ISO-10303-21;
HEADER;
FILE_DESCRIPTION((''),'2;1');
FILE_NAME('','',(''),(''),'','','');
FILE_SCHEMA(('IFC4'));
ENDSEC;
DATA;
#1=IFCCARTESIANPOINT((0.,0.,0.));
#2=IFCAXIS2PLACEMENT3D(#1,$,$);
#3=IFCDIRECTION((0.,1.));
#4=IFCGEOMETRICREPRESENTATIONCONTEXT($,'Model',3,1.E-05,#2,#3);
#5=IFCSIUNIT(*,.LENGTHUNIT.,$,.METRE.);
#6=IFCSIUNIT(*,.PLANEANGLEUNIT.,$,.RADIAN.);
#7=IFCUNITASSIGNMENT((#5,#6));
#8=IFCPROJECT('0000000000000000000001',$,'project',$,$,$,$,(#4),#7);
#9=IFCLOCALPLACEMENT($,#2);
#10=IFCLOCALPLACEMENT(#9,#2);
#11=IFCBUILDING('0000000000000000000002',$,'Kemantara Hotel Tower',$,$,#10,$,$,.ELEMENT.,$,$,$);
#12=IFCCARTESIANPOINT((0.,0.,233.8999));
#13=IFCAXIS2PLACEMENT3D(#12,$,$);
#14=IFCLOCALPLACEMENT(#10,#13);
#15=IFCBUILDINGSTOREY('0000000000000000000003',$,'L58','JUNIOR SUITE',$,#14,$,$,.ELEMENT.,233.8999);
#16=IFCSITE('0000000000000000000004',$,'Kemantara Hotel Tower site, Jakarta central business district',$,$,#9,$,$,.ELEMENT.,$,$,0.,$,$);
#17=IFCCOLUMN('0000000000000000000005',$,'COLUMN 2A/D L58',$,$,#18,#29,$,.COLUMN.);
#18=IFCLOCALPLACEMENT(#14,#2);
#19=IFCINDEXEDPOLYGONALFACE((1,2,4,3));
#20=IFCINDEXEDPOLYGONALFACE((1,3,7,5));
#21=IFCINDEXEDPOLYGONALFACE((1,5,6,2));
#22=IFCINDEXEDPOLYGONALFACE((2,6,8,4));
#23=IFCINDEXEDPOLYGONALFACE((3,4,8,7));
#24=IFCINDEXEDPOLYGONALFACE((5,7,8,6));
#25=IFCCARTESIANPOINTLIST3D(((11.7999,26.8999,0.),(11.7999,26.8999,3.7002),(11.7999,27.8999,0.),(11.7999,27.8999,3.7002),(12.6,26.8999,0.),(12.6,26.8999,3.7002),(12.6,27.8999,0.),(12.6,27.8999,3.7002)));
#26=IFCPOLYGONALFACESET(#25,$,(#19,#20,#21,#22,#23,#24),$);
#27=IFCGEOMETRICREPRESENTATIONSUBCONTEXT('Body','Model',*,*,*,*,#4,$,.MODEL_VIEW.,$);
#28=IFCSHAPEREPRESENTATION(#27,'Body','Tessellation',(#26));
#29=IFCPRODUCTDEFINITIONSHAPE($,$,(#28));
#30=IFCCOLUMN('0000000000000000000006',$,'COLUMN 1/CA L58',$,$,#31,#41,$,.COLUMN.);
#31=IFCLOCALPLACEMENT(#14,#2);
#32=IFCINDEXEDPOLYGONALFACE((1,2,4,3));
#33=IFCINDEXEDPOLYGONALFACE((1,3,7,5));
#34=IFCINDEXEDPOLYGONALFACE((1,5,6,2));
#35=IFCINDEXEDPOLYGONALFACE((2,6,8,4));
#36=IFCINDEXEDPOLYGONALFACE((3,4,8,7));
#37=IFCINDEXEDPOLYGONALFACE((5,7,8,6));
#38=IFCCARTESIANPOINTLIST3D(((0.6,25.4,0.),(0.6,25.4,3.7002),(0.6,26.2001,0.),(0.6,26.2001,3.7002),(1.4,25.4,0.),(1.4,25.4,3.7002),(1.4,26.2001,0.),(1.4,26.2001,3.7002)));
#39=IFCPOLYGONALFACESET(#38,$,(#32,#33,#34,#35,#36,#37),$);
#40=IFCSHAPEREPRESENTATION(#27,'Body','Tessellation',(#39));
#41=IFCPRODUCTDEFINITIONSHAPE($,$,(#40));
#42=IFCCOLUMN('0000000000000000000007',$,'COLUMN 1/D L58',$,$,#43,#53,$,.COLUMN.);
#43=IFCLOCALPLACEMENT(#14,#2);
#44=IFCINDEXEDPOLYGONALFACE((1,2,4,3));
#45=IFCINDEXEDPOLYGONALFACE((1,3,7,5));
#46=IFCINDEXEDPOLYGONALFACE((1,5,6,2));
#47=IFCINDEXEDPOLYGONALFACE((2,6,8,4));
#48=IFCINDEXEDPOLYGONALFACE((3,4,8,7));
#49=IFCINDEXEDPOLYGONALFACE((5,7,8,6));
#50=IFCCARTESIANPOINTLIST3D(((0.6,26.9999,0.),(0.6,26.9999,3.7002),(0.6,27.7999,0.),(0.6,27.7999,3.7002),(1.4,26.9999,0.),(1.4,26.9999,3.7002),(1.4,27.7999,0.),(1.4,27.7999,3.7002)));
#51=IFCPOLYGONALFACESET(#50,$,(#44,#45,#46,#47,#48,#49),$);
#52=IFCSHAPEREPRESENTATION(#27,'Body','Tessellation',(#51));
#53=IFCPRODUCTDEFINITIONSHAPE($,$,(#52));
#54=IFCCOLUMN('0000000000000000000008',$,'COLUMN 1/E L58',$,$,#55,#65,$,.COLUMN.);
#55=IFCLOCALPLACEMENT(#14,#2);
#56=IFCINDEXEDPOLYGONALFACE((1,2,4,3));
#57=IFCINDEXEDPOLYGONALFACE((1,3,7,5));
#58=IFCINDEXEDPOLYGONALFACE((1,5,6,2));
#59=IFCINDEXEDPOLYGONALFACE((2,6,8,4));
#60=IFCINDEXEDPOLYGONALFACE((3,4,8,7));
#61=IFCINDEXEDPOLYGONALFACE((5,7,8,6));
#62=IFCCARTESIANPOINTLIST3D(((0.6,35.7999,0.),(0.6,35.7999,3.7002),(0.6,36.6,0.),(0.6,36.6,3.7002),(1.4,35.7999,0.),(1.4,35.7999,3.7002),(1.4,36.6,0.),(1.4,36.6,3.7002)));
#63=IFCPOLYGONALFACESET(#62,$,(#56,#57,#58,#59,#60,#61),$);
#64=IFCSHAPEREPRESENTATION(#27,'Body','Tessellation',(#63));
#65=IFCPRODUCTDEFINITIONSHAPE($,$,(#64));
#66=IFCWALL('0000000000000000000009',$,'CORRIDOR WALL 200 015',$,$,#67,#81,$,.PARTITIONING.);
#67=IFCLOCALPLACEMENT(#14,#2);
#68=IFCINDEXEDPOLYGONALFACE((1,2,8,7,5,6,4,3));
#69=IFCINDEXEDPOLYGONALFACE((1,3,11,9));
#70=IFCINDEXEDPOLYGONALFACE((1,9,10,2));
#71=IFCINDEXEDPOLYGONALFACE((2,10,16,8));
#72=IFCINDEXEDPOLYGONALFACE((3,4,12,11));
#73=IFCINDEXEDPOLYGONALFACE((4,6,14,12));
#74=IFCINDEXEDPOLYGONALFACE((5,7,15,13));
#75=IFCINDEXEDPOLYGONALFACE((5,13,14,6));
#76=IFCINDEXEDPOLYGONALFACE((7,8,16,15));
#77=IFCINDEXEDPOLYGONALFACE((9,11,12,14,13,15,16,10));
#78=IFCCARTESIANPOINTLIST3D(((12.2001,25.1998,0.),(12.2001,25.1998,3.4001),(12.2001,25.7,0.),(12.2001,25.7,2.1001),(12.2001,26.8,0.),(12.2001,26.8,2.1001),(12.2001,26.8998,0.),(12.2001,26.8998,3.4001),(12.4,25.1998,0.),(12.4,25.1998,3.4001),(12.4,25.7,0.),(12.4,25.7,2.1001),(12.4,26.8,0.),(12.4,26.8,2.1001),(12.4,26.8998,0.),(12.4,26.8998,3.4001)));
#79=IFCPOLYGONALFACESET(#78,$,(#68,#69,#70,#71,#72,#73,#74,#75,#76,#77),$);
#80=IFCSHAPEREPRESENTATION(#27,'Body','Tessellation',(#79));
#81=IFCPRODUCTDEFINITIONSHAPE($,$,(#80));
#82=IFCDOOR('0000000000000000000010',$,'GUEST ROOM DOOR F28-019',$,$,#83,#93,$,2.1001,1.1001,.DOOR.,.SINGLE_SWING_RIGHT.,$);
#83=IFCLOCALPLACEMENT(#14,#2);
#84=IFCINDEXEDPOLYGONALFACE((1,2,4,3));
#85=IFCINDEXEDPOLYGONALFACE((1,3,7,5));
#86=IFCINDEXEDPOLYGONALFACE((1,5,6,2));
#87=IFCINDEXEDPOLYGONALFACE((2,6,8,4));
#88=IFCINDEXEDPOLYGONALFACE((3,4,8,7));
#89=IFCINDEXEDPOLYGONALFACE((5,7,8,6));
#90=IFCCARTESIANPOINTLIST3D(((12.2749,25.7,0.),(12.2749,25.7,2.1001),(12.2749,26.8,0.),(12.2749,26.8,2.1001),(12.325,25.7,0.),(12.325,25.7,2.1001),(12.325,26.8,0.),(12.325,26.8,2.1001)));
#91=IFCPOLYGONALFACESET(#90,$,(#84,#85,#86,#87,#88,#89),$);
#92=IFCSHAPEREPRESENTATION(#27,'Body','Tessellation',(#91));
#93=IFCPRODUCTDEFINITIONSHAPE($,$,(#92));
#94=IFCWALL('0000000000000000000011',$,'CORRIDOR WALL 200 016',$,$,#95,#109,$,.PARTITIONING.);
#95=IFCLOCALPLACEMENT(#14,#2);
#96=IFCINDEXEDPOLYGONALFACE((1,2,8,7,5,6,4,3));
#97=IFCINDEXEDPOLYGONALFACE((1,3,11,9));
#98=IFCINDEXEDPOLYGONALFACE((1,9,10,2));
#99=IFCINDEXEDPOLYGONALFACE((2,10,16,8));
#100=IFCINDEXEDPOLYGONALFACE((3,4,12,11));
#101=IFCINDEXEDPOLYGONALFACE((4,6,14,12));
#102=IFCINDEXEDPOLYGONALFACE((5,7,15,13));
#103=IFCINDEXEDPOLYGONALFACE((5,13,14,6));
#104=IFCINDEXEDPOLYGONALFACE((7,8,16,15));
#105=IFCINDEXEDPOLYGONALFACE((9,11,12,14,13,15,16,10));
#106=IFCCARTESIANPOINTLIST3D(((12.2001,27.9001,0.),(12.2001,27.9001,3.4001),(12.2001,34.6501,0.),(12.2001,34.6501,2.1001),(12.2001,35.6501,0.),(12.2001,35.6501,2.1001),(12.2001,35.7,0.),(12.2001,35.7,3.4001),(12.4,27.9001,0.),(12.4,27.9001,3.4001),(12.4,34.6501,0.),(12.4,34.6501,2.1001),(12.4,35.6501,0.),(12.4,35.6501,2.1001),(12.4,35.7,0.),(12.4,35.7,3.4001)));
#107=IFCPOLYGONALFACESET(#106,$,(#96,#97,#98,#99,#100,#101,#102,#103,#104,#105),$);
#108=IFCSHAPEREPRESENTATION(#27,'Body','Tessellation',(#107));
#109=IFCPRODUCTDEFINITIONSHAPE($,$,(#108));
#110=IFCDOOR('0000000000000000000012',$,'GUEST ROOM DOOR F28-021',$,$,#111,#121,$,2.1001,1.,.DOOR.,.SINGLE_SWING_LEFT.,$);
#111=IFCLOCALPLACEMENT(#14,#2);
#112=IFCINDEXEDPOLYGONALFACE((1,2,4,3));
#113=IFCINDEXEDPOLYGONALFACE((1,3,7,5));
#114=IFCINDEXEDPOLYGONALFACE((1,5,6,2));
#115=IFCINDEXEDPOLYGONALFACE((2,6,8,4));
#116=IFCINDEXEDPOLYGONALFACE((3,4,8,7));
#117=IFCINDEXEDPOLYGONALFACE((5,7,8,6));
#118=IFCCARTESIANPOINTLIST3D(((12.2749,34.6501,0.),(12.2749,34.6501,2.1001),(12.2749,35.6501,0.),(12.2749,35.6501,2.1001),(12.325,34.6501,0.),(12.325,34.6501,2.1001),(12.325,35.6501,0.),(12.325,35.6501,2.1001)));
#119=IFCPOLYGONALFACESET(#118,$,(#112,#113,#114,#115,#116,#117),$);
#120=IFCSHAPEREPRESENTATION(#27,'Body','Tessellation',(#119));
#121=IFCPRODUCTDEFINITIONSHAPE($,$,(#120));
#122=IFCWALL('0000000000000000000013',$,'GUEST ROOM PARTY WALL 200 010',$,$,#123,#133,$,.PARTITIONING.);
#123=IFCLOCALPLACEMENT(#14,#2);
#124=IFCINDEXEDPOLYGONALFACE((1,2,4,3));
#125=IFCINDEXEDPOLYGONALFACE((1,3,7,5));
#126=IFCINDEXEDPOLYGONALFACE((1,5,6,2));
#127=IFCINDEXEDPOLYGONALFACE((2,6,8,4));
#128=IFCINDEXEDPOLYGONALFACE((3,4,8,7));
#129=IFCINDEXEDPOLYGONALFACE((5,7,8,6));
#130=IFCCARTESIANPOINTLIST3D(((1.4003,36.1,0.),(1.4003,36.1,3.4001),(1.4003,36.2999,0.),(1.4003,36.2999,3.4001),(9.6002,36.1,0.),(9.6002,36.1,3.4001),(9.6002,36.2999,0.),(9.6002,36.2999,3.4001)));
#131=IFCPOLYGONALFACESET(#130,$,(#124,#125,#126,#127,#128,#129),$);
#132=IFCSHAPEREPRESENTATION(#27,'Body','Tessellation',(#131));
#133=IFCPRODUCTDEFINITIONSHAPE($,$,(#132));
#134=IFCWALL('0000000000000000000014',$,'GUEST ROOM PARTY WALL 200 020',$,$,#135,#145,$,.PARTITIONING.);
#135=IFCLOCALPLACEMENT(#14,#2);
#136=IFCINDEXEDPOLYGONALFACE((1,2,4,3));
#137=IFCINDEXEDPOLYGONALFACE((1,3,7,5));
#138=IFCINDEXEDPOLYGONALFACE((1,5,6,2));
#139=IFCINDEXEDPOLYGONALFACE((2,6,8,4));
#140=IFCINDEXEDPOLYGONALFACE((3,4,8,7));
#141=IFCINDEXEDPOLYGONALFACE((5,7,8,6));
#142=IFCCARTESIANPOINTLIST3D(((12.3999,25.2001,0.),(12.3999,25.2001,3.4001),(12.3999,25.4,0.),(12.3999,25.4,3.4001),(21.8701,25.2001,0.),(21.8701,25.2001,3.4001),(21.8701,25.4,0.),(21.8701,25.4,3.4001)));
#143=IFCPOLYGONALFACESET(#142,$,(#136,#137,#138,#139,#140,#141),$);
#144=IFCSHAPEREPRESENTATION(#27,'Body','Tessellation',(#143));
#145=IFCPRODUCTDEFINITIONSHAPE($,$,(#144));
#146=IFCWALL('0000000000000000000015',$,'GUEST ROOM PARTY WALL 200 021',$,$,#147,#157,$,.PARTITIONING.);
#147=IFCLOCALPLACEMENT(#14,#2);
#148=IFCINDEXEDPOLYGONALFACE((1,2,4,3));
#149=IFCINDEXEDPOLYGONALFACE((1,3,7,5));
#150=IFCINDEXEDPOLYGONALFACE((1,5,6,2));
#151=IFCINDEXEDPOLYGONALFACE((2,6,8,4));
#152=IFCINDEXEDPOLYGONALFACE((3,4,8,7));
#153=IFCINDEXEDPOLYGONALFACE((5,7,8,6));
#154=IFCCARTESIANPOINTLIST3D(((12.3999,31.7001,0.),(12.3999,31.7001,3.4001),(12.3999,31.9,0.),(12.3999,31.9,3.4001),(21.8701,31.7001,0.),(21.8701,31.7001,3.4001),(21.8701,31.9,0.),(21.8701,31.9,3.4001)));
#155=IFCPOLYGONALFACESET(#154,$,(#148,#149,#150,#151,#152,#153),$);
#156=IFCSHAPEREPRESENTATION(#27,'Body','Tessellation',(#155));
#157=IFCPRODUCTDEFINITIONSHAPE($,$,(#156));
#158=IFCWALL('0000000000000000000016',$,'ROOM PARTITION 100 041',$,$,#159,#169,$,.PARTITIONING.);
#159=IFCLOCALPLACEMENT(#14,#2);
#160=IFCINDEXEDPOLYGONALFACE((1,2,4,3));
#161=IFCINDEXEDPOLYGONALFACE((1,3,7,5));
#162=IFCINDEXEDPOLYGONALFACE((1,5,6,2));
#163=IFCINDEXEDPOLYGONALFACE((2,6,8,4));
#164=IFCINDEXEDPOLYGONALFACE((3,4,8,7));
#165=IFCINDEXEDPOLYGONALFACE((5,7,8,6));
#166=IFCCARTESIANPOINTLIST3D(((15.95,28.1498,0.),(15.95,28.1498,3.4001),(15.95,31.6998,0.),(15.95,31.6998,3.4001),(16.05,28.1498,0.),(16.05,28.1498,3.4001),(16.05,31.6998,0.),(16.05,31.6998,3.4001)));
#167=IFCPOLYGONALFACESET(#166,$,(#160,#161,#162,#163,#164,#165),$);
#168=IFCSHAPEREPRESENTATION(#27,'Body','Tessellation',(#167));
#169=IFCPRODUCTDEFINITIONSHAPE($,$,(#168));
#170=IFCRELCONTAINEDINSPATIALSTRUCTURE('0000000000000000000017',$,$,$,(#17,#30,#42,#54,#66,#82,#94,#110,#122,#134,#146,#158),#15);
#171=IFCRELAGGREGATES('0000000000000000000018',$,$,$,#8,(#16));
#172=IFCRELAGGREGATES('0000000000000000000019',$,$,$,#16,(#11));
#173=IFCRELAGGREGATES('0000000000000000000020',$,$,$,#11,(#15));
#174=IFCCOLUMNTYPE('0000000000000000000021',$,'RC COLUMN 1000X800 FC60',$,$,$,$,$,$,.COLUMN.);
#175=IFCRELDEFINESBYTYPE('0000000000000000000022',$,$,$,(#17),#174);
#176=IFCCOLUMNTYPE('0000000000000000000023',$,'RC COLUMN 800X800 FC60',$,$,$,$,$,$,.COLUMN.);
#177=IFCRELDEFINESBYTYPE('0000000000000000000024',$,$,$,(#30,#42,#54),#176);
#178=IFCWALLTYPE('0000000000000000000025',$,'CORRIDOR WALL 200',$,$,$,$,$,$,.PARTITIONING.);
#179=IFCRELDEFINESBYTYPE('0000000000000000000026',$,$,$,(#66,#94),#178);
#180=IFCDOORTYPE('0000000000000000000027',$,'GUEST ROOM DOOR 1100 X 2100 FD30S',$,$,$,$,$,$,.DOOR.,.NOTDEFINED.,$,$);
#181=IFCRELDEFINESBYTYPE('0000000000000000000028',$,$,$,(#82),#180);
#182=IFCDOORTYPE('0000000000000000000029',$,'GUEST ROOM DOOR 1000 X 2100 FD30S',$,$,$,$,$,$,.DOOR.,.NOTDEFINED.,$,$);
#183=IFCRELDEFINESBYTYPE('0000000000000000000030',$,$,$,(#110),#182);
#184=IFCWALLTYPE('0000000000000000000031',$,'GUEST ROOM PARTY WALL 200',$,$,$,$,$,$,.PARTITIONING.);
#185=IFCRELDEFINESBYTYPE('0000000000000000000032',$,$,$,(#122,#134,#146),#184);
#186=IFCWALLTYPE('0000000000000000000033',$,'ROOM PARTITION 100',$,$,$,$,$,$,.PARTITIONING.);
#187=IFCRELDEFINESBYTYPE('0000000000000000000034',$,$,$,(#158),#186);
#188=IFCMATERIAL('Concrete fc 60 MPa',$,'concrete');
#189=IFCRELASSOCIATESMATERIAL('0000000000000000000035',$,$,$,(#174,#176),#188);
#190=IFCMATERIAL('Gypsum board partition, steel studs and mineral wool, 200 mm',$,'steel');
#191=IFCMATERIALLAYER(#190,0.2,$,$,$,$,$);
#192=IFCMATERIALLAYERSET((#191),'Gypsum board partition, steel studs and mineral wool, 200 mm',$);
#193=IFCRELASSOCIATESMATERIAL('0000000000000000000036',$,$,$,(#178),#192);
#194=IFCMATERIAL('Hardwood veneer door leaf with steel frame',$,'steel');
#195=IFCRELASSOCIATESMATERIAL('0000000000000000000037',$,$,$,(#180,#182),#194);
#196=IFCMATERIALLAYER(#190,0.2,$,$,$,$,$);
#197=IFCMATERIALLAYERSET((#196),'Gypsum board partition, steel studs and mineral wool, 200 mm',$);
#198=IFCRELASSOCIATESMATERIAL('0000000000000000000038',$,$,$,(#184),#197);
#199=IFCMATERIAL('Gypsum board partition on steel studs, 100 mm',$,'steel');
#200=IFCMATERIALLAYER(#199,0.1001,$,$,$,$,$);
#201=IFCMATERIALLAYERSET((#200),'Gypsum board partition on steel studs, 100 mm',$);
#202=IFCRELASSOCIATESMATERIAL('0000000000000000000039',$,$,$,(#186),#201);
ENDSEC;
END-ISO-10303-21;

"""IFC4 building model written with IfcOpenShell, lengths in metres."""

from ifc_helpers import new_model, si_unit, direction, frame, frame_2d, origin, origin_2d, place, context, subcontext, project, spatial, rectangle, extrude, material, layer, layer_set, material_profile, profile_set, type_object, element, fill, save


model = new_model("IFC4")

# Units and contexts
model_context = context("Model", 3, precision=1e-05, world=origin(), true_north=direction((0.0, 1.0)))
body_context = subcontext(model_context, "Body", "Model", "MODEL_VIEW")
ifc_project = project(units=[si_unit("LENGTHUNIT", "METRE"), si_unit("PLANEANGLEUNIT", "RADIAN")], contexts=[model_context])

# Site, building, storey
site_placement = place(None, origin())
site = spatial("IfcSite", under=ifc_project, at=site_placement, Name="Kemantara Hotel Tower site, Jakarta central business district", CompositionType="ELEMENT", RefElevation=0.0)
building_placement = place(site_placement, origin())
building = spatial("IfcBuilding", under=site, at=building_placement, Name="Kemantara Hotel Tower", CompositionType="ELEMENT")
storey_placement = place(building_placement, frame((0.0, 0.0, 233.8999)))
storey = spatial("IfcBuildingStorey", under=building, at=storey_placement, Name="L58", Description="JUNIOR SUITE", CompositionType="ELEMENT", Elevation=233.8999)

# Columns
ifc_material_1 = material(Name="Concrete fc 60 MPa", Category="concrete")
ifc_material_profile_1 = material_profile(ifc_material_1, rectangle(XDim=1.0, YDim=0.8, at=origin_2d()), Name="RC 1000X800")
ifc_profile_set_1 = profile_set([ifc_material_profile_1], Name="Concrete fc 60 MPa")
column_type_1 = type_object("IfcColumnType", Name="RC COLUMN 1000X800 FC60", PredefinedType="COLUMN", material=ifc_profile_set_1)
column_placement = place(storey_placement, frame((12.2, 27.3999, 0.0), z_axis=(0.0, 0.0, 1.0), x_axis=(0.0, 1.0, 0.0)))
element("IfcColumn", 1, at=column_placement, inside=storey, type_object=column_type_1, Name="COLUMN 2A/D L58", PredefinedType="COLUMN", context=body_context, shape_type="SweptSolid", body=[
    extrude(rectangle(XDim=1.0, YDim=0.8, at=origin_2d()), origin(), (0.0, 0.0, 1.0), 3.7002),
])
ifc_material_profile_2 = material_profile(ifc_material_1, rectangle(XDim=0.8, YDim=0.8, at=origin_2d()), Name="RC 800X800")
ifc_profile_set_2 = profile_set([ifc_material_profile_2], Name="Concrete fc 60 MPa")
column_type_2 = type_object("IfcColumnType", Name="RC COLUMN 800X800 FC60", PredefinedType="COLUMN", material=ifc_profile_set_2)
for number, where, z_axis, x_axis, name in (
    (2, (1.0, 25.8, 0.0), (0.0, 0.0, 1.0), (1.0, 0.0, 0.0), "COLUMN 1/CA L58"),
    (3, (1.0, 27.3999, 0.0), (0.0, 0.0, 1.0), (1.0, 0.0, 0.0), "COLUMN 1/D L58"),
    (4, (1.0, 36.2, 0.0), (0.0, 0.0, 1.0), (1.0, 0.0, 0.0), "COLUMN 1/E L58"),
):
    element("IfcColumn", number, at=place(storey_placement, frame(where, z_axis=z_axis, x_axis=x_axis)), inside=storey, type_object=column_type_2, Name=name, PredefinedType="COLUMN", context=body_context, shape_type="SweptSolid", body=[
        extrude(rectangle(XDim=0.8, YDim=0.8, at=origin_2d()), origin(), (0.0, 0.0, 1.0), 3.7002),
    ])

# Walls, openings, doors
ifc_material_2 = material(Name="Gypsum board partition, steel studs and mineral wool, 200 mm", Category="steel")
ifc_layer_1 = layer(ifc_material_2, 0.2)
ifc_layer_set_1 = layer_set([ifc_layer_1], Name="Gypsum board partition, steel studs and mineral wool, 200 mm")
wall_type_1 = type_object("IfcWallType", Name="CORRIDOR WALL 200", PredefinedType="PARTITIONING", material=ifc_layer_set_1)
wall_1_placement = place(storey_placement, frame((12.3, 26.8999, 0.0), z_axis=(0.0, 0.0, 1.0), x_axis=(0.0, -1.0, 0.0)))
wall_1 = element("IfcWall", 5, at=wall_1_placement, inside=storey, type_object=wall_type_1, Name="CORRIDOR WALL 200 015", PredefinedType="PARTITIONING", context=body_context, shape_type="SweptSolid", body=[
    extrude(rectangle(XDim=1.7, YDim=0.2, at=frame_2d((0.8501, 0.0))), origin(), (0.0, 0.0, 1.0), 3.4001),
])
opening_1_placement = place(wall_1_placement, frame((0.0999, 0.0, 0.0)))
opening_1 = element("IfcOpeningElement", 6, at=opening_1_placement, cuts=wall_1, PredefinedType="OPENING", context=body_context, shape_type="SweptSolid", body=[
    extrude(rectangle(XDim=1.1001, YDim=2.1001, at=frame_2d((0.55, 1.05))), frame((0.0, 0.1099, 0.0), z_axis=(0.0, -1.0, 0.0), x_axis=(1.0, 0.0, 0.0)), (0.0, 0.0, 1.0), 0.22),
])
ifc_material_3 = material(Name="Hardwood veneer door leaf with steel frame", Category="steel")
door_type_1 = type_object("IfcDoorType", Name="GUEST ROOM DOOR 1100 X 2100 FD30S", OperationType="NOTDEFINED", PredefinedType="DOOR", material=ifc_material_3)
door_1_placement = place(opening_1_placement, origin())
door_1 = element("IfcDoor", 7, at=door_1_placement, inside=storey, type_object=door_type_1, Name="GUEST ROOM DOOR F28-019", OperationType="SINGLE_SWING_RIGHT", OverallHeight=2.1001, OverallWidth=1.1001, PredefinedType="DOOR", context=body_context, shape_type="SweptSolid", body=[
    extrude(rectangle(XDim=1.1001, YDim=2.1001, at=frame_2d((0.55, 1.05))), frame((0.0, 0.0249, 0.0), z_axis=(0.0, -1.0, 0.0), x_axis=(1.0, 0.0, 0.0)), (0.0, 0.0, 1.0), 0.05),
])
fill(opening_1, door_1)
wall_2_placement = place(storey_placement, frame((12.3, 35.7, 0.0), z_axis=(0.0, 0.0, 1.0), x_axis=(0.0, -1.0, 0.0)))
wall_2 = element("IfcWall", 8, at=wall_2_placement, inside=storey, type_object=wall_type_1, Name="CORRIDOR WALL 200 016", PredefinedType="PARTITIONING", context=body_context, shape_type="SweptSolid", body=[
    extrude(rectangle(XDim=7.7998, YDim=0.2, at=frame_2d((3.8999, 0.0))), origin(), (0.0, 0.0, 1.0), 3.4001),
])
opening_2_placement = place(wall_2_placement, frame((0.0498, 0.0, 0.0)))
opening_2 = element("IfcOpeningElement", 9, at=opening_2_placement, cuts=wall_2, PredefinedType="OPENING", context=body_context, shape_type="SweptSolid", body=[
    extrude(rectangle(XDim=1.0, YDim=2.1001, at=frame_2d((0.5, 1.05))), frame((0.0, 0.1099, 0.0), z_axis=(0.0, -1.0, 0.0), x_axis=(1.0, 0.0, 0.0)), (0.0, 0.0, 1.0), 0.22),
])
door_type_2 = type_object("IfcDoorType", Name="GUEST ROOM DOOR 1000 X 2100 FD30S", OperationType="NOTDEFINED", PredefinedType="DOOR", material=ifc_material_3)
door_2_placement = place(opening_2_placement, origin())
door_2 = element("IfcDoor", 10, at=door_2_placement, inside=storey, type_object=door_type_2, Name="GUEST ROOM DOOR F28-021", OperationType="SINGLE_SWING_LEFT", OverallHeight=2.1001, OverallWidth=1.0, PredefinedType="DOOR", context=body_context, shape_type="SweptSolid", body=[
    extrude(rectangle(XDim=1.0, YDim=2.1001, at=frame_2d((0.5, 1.05))), frame((0.0, 0.0249, 0.0), z_axis=(0.0, -1.0, 0.0), x_axis=(1.0, 0.0, 0.0)), (0.0, 0.0, 1.0), 0.05),
])
fill(opening_2, door_2)

# Walls
ifc_layer_2 = layer(ifc_material_2, 0.2)
ifc_layer_set_2 = layer_set([ifc_layer_2], Name="Gypsum board partition, steel studs and mineral wool, 200 mm")
wall_type_2 = type_object("IfcWallType", Name="GUEST ROOM PARTY WALL 200", PredefinedType="PARTITIONING", material=ifc_layer_set_2)
wall_3_placement = place(storey_placement, frame((1.4001, 36.2, 0.0), z_axis=(0.0, 0.0, 1.0), x_axis=(1.0, 0.0, 0.0)))
element("IfcWall", 11, at=wall_3_placement, inside=storey, type_object=wall_type_2, Name="GUEST ROOM PARTY WALL 200 010", PredefinedType="PARTITIONING", context=body_context, shape_type="SweptSolid", body=[
    extrude(rectangle(XDim=8.2, YDim=0.2, at=frame_2d((4.1001, 0.0))), origin(), (0.0, 0.0, 1.0), 3.4001),
])
for number, where, z_axis, x_axis, name in (
    (12, (12.3999, 25.3, 0.0), (0.0, 0.0, 1.0), (1.0, 0.0, 0.0), "GUEST ROOM PARTY WALL 200 020"),
    (13, (12.3999, 31.8, 0.0), (0.0, 0.0, 1.0), (1.0, 0.0, 0.0), "GUEST ROOM PARTY WALL 200 021"),
):
    element("IfcWall", number, at=place(storey_placement, frame(where, z_axis=z_axis, x_axis=x_axis)), inside=storey, type_object=wall_type_2, Name=name, PredefinedType="PARTITIONING", context=body_context, shape_type="SweptSolid", body=[
        extrude(rectangle(XDim=9.4702, YDim=0.2, at=frame_2d((4.7351, 0.0))), origin(), (0.0, 0.0, 1.0), 3.4001),
    ])
ifc_material_4 = material(Name="Gypsum board partition on steel studs, 100 mm", Category="steel")
ifc_layer_3 = layer(ifc_material_4, 0.1001)
ifc_layer_set_3 = layer_set([ifc_layer_3], Name="Gypsum board partition on steel studs, 100 mm")
wall_type_3 = type_object("IfcWallType", Name="ROOM PARTITION 100", PredefinedType="PARTITIONING", material=ifc_layer_set_3)
wall_4_placement = place(storey_placement, frame((16.0, 28.1499, 0.0), z_axis=(0.0, 0.0, 1.0), x_axis=(0.0, 1.0, 0.0)))
element("IfcWall", 14, at=wall_4_placement, inside=storey, type_object=wall_type_3, Name="ROOM PARTITION 100 041", PredefinedType="PARTITIONING", context=body_context, shape_type="SweptSolid", body=[
    extrude(rectangle(XDim=3.55, YDim=0.1001, at=frame_2d((1.7749, 0.0))), origin(), (0.0, 0.0, 1.0), 3.4001),
])

save(model, "model.ifc")
